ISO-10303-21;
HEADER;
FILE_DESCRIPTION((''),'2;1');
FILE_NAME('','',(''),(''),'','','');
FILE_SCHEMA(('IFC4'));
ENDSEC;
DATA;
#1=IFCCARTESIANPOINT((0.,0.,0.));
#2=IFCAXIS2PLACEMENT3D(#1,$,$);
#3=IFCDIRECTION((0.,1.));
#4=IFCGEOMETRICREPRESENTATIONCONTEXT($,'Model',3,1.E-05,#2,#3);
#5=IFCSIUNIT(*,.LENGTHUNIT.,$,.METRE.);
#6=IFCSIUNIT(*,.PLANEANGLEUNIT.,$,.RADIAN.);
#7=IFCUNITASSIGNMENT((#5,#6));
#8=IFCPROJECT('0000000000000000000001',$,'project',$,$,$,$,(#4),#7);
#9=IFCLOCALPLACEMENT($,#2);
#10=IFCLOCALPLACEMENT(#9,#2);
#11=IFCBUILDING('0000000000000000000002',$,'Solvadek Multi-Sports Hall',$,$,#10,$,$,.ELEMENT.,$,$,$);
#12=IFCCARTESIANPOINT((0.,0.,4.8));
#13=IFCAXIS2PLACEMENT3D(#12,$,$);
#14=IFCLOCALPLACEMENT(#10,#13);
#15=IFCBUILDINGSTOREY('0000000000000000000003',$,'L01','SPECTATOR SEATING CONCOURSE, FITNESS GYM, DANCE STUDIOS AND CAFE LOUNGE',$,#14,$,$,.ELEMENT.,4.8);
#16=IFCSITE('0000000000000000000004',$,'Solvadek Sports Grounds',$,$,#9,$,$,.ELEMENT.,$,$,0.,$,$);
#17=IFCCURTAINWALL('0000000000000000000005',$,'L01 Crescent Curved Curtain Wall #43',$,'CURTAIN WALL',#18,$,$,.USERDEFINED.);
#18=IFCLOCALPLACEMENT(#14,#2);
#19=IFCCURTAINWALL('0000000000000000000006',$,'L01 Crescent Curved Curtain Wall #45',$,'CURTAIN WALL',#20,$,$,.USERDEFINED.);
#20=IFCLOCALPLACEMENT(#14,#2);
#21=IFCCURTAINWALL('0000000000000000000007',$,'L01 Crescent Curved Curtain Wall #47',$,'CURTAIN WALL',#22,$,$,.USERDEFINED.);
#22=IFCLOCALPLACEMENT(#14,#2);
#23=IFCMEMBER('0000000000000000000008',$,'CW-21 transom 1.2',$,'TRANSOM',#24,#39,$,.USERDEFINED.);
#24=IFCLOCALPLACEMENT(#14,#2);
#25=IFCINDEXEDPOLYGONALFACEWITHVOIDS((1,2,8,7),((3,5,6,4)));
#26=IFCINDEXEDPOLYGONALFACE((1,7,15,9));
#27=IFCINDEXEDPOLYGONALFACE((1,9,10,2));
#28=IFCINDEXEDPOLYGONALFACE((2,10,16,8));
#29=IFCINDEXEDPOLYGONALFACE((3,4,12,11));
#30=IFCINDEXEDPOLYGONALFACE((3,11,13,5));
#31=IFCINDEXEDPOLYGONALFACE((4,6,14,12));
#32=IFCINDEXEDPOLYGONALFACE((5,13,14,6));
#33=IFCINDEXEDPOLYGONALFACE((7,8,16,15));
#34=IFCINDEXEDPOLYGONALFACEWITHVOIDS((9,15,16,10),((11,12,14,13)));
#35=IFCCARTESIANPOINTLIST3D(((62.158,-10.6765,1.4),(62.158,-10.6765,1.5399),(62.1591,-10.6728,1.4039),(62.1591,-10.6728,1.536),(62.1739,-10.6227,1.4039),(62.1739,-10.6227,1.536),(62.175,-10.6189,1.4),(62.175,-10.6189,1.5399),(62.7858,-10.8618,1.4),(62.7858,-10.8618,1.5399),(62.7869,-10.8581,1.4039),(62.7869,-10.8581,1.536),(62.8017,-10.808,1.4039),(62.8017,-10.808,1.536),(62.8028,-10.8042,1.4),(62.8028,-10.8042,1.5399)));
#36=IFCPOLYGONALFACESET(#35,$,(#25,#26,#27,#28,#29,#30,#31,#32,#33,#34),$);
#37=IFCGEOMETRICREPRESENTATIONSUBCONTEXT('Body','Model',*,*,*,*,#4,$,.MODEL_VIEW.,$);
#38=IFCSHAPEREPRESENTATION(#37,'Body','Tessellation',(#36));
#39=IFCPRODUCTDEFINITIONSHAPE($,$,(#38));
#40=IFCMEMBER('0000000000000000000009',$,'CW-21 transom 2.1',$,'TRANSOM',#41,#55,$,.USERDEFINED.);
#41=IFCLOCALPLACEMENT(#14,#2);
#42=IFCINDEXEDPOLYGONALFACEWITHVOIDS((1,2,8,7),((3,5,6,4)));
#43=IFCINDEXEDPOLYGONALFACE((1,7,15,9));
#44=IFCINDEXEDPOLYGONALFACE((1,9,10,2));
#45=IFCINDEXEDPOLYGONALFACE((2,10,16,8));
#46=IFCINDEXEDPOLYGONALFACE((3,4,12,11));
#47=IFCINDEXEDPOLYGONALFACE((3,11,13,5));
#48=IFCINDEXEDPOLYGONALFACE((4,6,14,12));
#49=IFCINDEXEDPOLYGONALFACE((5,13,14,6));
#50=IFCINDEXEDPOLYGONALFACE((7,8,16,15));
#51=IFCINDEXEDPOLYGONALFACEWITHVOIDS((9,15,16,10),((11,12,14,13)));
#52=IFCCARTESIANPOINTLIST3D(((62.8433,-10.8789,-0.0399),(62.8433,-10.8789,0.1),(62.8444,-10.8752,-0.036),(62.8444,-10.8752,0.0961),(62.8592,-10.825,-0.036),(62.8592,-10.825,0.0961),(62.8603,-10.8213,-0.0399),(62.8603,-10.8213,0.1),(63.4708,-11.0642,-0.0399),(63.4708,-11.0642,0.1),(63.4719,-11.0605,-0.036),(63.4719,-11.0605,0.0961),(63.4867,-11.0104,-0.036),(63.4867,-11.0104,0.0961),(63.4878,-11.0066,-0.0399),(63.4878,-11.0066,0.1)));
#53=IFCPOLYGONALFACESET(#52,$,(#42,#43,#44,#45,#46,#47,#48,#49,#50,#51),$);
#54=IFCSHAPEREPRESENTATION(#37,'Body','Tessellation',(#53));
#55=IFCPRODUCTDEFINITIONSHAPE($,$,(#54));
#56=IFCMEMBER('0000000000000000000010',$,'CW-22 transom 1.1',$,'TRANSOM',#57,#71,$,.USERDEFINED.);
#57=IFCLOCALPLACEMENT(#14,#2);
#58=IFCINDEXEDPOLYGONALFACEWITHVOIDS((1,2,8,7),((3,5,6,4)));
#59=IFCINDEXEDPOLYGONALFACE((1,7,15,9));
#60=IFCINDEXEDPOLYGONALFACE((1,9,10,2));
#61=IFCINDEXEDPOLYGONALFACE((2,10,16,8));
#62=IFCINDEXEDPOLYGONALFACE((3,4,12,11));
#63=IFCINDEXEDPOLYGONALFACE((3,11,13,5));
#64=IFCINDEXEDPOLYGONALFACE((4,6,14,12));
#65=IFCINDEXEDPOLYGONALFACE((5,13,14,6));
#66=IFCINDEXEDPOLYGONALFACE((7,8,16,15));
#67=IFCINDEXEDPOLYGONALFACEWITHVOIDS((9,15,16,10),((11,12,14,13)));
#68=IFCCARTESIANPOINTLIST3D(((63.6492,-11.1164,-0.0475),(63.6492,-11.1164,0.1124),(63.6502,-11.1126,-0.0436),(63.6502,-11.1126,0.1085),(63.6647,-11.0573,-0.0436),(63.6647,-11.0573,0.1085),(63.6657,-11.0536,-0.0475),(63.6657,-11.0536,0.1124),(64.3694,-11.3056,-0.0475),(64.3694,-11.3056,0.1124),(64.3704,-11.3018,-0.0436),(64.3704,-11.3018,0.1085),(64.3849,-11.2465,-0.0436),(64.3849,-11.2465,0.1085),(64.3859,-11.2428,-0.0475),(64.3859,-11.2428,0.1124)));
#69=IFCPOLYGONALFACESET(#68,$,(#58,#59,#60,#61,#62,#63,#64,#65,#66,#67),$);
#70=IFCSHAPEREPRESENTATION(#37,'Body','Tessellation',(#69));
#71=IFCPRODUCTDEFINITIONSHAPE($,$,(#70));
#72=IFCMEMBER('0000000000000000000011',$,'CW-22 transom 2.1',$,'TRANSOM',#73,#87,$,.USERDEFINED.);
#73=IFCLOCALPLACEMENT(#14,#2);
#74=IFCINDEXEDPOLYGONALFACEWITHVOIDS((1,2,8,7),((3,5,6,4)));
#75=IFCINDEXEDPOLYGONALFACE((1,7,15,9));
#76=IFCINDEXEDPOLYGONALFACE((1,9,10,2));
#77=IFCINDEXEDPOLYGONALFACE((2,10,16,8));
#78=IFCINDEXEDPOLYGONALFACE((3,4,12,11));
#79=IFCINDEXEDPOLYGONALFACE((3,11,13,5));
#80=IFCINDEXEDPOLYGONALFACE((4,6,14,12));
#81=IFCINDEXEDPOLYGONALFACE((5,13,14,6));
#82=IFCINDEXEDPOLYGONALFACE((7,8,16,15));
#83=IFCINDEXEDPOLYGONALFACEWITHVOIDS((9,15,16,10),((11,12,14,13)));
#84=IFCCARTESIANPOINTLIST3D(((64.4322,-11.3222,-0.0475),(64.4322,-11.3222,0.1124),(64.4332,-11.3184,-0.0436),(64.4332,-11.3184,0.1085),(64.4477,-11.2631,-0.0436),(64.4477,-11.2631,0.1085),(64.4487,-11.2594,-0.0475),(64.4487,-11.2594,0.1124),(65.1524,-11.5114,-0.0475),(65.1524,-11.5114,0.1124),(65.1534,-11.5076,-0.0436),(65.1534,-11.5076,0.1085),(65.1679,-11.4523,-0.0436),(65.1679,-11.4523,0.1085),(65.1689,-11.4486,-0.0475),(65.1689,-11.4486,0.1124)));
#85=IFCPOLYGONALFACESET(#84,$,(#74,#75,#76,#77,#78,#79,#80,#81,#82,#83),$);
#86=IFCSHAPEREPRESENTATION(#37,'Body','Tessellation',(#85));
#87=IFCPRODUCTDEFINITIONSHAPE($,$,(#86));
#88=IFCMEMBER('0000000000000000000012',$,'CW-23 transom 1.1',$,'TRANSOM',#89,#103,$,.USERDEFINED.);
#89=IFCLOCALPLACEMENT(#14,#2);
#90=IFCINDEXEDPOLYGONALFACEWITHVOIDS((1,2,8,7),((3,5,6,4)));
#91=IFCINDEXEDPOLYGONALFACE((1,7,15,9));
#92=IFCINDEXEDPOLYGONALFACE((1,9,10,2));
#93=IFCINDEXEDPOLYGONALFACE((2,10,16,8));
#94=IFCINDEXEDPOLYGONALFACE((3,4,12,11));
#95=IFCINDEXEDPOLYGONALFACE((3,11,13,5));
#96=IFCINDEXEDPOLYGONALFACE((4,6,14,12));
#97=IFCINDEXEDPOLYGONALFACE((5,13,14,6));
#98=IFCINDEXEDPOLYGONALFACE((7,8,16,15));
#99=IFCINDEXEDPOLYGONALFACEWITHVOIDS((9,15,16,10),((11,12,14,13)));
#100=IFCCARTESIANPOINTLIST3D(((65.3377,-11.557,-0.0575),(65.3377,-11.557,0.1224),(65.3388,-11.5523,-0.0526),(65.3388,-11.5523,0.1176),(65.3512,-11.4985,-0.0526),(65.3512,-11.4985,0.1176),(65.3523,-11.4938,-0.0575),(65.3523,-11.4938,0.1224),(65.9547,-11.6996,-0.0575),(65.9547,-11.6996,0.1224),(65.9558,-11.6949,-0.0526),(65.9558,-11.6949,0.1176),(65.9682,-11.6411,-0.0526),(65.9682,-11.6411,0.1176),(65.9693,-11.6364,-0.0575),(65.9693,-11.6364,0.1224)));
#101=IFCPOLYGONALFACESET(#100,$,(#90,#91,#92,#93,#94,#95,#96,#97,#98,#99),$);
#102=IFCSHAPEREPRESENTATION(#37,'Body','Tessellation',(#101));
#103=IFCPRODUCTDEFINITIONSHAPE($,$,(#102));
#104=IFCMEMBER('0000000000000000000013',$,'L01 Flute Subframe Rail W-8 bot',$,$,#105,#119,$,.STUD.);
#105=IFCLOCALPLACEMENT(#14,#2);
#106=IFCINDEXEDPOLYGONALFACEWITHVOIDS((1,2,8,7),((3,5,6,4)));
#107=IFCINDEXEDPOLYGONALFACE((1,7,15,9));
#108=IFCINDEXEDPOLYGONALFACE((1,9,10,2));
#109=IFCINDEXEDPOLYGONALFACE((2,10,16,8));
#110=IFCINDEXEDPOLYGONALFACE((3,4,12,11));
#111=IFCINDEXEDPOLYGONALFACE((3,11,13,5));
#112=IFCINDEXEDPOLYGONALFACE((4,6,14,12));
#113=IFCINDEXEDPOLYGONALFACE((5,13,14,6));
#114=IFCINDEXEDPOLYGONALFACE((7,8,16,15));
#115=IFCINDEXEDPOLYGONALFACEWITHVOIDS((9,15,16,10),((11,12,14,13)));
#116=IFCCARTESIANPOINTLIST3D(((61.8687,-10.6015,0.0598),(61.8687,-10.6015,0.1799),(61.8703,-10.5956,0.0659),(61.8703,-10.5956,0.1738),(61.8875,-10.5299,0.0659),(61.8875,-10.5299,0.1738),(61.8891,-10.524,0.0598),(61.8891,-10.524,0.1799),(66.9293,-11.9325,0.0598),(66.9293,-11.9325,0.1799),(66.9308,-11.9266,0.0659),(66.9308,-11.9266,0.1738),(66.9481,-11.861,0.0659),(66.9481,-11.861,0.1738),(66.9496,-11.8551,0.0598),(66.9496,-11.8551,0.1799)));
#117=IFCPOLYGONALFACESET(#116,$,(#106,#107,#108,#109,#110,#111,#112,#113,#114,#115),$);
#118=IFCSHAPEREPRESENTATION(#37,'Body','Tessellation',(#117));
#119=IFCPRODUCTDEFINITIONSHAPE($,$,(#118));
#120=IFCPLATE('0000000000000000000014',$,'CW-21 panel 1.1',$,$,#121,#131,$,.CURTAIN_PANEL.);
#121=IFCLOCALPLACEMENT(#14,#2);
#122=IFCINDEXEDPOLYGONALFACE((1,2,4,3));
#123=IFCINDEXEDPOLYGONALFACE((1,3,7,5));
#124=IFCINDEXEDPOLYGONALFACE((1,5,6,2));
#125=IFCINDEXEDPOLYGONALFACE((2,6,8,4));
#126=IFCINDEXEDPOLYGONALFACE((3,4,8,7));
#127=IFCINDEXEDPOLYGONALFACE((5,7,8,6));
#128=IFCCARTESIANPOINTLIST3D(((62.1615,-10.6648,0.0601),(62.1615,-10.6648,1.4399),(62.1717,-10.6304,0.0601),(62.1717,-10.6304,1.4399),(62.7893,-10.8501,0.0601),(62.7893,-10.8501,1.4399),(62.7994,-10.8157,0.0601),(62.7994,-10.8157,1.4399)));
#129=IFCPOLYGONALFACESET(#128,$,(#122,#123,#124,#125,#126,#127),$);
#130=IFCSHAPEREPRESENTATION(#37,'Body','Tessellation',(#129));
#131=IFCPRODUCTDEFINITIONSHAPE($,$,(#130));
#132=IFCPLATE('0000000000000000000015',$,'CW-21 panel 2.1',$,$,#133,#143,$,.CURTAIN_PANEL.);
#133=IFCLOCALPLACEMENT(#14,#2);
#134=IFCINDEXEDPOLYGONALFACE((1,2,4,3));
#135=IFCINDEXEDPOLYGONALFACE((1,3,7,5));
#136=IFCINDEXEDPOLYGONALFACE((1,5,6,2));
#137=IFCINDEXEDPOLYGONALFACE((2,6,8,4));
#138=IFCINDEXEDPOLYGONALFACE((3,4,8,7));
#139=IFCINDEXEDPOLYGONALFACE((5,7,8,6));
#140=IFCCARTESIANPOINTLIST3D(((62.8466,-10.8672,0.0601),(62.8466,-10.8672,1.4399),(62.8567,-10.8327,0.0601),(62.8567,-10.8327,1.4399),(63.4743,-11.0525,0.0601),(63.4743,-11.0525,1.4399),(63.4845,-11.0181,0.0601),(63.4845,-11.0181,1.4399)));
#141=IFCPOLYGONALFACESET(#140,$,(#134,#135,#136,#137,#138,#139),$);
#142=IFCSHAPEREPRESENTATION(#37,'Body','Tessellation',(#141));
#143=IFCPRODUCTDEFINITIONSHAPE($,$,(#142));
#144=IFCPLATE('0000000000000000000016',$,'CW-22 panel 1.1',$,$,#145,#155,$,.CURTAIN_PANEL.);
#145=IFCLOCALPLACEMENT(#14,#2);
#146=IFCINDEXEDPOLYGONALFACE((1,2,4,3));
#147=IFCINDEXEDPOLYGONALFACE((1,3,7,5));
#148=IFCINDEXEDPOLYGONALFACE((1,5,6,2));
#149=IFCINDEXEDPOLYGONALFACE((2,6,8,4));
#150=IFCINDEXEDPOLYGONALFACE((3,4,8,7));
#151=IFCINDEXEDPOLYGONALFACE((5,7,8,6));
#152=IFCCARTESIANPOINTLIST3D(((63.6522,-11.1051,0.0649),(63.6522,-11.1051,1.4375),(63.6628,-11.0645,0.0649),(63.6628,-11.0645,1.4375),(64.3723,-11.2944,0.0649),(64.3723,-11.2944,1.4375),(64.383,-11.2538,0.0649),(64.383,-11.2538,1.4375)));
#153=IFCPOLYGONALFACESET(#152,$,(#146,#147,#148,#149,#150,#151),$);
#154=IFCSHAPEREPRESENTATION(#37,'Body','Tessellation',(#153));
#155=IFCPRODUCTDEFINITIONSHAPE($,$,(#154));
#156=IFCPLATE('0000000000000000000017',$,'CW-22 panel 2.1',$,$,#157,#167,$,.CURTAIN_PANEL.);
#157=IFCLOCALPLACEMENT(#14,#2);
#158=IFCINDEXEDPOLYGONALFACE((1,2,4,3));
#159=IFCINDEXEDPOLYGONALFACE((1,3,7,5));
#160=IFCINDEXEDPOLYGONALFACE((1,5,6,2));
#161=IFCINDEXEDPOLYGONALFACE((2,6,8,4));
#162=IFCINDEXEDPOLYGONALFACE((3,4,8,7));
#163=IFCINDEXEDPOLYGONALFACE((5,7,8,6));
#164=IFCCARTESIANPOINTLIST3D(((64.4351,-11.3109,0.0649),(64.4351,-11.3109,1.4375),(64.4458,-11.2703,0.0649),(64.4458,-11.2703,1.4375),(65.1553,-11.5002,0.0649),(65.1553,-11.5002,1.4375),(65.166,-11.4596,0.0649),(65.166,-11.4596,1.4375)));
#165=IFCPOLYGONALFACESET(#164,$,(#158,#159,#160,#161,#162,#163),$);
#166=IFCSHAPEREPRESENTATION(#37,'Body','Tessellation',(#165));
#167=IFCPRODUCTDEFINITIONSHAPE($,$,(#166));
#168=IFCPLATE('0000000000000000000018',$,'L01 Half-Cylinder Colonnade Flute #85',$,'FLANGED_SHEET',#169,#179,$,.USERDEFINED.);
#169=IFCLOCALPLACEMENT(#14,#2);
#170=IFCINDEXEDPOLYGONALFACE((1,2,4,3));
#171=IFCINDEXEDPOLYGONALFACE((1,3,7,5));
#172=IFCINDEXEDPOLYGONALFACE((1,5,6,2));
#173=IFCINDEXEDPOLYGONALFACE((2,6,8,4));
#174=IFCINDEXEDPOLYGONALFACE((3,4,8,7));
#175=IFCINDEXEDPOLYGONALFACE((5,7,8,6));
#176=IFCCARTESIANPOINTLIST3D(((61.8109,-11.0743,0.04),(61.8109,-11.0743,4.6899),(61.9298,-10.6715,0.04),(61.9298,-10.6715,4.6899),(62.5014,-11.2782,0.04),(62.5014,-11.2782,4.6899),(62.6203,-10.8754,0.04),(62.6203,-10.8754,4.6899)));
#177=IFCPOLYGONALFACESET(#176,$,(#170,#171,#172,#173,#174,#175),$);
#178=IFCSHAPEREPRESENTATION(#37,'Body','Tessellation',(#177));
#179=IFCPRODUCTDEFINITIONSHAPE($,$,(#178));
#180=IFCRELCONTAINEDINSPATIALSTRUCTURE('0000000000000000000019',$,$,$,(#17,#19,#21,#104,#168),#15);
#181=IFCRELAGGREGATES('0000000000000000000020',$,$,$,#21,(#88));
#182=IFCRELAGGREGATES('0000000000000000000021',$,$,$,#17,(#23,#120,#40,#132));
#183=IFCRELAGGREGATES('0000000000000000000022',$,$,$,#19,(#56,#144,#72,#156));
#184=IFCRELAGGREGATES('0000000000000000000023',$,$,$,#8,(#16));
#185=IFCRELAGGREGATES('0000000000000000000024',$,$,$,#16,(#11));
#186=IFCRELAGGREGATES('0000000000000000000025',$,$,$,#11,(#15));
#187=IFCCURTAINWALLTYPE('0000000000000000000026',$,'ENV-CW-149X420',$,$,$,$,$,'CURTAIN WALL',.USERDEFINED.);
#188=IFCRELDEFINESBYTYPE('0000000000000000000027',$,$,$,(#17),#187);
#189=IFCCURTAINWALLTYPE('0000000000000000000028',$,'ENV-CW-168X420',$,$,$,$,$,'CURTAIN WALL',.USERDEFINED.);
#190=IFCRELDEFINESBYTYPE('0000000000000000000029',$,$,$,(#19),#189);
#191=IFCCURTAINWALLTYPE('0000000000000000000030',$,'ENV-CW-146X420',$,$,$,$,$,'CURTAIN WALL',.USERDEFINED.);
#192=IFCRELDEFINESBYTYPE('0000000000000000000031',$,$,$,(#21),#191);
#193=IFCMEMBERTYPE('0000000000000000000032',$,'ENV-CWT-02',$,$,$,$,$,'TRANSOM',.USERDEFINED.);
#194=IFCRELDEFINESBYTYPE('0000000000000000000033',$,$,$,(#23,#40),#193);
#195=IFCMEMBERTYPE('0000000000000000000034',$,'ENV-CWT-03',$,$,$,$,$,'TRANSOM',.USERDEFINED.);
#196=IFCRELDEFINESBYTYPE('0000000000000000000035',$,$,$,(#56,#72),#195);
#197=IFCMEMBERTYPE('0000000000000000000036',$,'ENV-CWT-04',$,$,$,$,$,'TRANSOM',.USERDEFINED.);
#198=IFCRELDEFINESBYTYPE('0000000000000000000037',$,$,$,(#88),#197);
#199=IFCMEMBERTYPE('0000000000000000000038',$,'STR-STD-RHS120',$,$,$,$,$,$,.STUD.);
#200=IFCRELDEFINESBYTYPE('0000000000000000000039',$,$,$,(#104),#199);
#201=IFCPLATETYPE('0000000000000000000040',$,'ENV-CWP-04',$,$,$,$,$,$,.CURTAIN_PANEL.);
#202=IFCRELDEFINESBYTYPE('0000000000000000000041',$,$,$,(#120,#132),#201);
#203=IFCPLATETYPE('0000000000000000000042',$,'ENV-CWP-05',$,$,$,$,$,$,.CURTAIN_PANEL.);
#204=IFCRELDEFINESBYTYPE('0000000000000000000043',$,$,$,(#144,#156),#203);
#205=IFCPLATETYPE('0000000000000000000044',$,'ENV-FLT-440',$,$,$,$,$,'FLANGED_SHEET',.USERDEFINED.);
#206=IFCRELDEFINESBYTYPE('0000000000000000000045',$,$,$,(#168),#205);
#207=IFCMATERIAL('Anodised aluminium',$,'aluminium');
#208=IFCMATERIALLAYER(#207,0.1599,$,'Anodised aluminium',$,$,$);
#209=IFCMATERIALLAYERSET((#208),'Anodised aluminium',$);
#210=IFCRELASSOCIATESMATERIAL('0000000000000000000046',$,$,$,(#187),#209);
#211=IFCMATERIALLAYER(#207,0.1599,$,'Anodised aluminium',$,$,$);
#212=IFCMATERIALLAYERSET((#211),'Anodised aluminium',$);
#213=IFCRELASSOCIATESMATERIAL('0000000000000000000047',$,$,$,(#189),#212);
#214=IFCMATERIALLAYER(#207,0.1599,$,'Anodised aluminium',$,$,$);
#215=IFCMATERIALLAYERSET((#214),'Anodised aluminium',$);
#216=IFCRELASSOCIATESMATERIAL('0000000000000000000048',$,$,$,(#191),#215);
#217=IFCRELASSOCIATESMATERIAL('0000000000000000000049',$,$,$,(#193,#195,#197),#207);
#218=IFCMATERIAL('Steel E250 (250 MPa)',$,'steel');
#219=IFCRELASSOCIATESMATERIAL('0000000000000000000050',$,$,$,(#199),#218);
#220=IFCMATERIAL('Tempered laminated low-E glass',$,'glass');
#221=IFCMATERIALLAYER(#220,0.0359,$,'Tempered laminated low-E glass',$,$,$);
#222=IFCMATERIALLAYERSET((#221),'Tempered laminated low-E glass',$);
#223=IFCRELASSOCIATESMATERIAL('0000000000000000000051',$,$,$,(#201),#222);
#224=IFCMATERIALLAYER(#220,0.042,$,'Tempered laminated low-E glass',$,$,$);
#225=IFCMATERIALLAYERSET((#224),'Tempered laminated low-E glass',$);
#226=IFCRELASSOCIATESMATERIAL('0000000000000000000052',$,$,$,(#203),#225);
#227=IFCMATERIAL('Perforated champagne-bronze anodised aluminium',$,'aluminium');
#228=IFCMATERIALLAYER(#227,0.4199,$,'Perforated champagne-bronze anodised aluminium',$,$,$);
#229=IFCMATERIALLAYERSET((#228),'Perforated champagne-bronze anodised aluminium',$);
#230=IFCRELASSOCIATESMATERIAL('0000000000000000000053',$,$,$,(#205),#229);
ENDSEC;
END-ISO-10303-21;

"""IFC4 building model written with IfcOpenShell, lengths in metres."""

from ifc_helpers import new_model, si_unit, direction, frame, origin, origin_2d, place, context, subcontext, project, spatial, rectangle, hollow_rectangle, extrude, material, layer, layer_set, material_profile, profile_set, type_object, element, aggregate, save


model = new_model("IFC4")

# Units and contexts
model_context = context("Model", 3, precision=1e-05, world=origin(), true_north=direction((0.0, 1.0)))
body_context = subcontext(model_context, "Body", "Model", "MODEL_VIEW")
ifc_project = project(units=[si_unit("LENGTHUNIT", "METRE"), si_unit("PLANEANGLEUNIT", "RADIAN")], contexts=[model_context])

# Site, building, storey
site_placement = place(None, origin())
site = spatial("IfcSite", under=ifc_project, at=site_placement, Name="Solvadek Sports Grounds", CompositionType="ELEMENT", RefElevation=0.0)
building_placement = place(site_placement, origin())
building = spatial("IfcBuilding", under=site, at=building_placement, Name="Solvadek Multi-Sports Hall", CompositionType="ELEMENT")
storey_placement = place(building_placement, frame((0.0, 0.0, 4.8)))
storey = spatial("IfcBuildingStorey", under=building, at=storey_placement, Name="L01", Description="SPECTATOR SEATING CONCOURSE, FITNESS GYM, DANCE STUDIOS AND CAFE LOUNGE", CompositionType="ELEMENT", Elevation=4.8)

# Shared definitions
ifc_material_1 = material(Name="Anodised aluminium", Category="aluminium")

# Curtain walls
ifc_layer_1 = layer(ifc_material_1, 0.1599, Name="Anodised aluminium")
ifc_layer_set_1 = layer_set([ifc_layer_1], Name="Anodised aluminium")
curtain_wall_type_1 = type_object("IfcCurtainWallType", Name="ENV-CW-149X420", ElementType="CURTAIN WALL", PredefinedType="USERDEFINED", material=ifc_layer_set_1)
curtain_wall_1_placement = place(storey_placement, origin())
curtain_wall_1 = element("IfcCurtainWall", 1, at=curtain_wall_1_placement, inside=storey, type_object=curtain_wall_type_1, Name="L01 Crescent Curved Curtain Wall #43", ObjectType="CURTAIN WALL", PredefinedType="USERDEFINED")
ifc_layer_2 = layer(ifc_material_1, 0.1599, Name="Anodised aluminium")
ifc_layer_set_2 = layer_set([ifc_layer_2], Name="Anodised aluminium")
curtain_wall_type_2 = type_object("IfcCurtainWallType", Name="ENV-CW-168X420", ElementType="CURTAIN WALL", PredefinedType="USERDEFINED", material=ifc_layer_set_2)
curtain_wall_2_placement = place(storey_placement, origin())
curtain_wall_2 = element("IfcCurtainWall", 2, at=curtain_wall_2_placement, inside=storey, type_object=curtain_wall_type_2, Name="L01 Crescent Curved Curtain Wall #45", ObjectType="CURTAIN WALL", PredefinedType="USERDEFINED")

# Curtain wall
ifc_layer_3 = layer(ifc_material_1, 0.1599, Name="Anodised aluminium")
ifc_layer_set_3 = layer_set([ifc_layer_3], Name="Anodised aluminium")
curtain_wall_type_3 = type_object("IfcCurtainWallType", Name="ENV-CW-146X420", ElementType="CURTAIN WALL", PredefinedType="USERDEFINED", material=ifc_layer_set_3)
curtain_wall_3_placement = place(storey_placement, origin())
curtain_wall_3 = element("IfcCurtainWall", 3, at=curtain_wall_3_placement, inside=storey, type_object=curtain_wall_type_3, Name="L01 Crescent Curved Curtain Wall #47", ObjectType="CURTAIN WALL", PredefinedType="USERDEFINED")

# Members
ifc_material_profile_1 = material_profile(ifc_material_1, hollow_rectangle(XDim=0.0601, YDim=0.1399, WallThickness=0.0039, at=origin_2d()), Name="ALU-T 140x60x4")
ifc_profile_set_1 = profile_set([ifc_material_profile_1], Name="Anodised aluminium")
member_type_1 = type_object("IfcMemberType", Name="ENV-CWT-02", ElementType="TRANSOM", PredefinedType="USERDEFINED", material=ifc_profile_set_1)
member_1_placement = place(storey_placement, frame((62.1665, -10.6477, 1.47), z_axis=(0.95908, -0.283136, 0.0), x_axis=(0.283136, 0.95908, 0.0)))
member_1 = element("IfcMember", 4, at=member_1_placement, type_object=member_type_1, Name="CW-21 transom 1.2", ObjectType="TRANSOM", PredefinedType="USERDEFINED", context=body_context, shape_type="SweptSolid", body=[
    extrude(hollow_rectangle(XDim=0.0601, YDim=0.1399, WallThickness=0.0039, at=origin_2d()), origin(), (0.0, 0.0, 1.0), 0.6545),
])
member_2_placement = place(storey_placement, frame((62.8518, -10.8501, 0.03), z_axis=(0.95905, -0.283237, 0.0), x_axis=(0.283237, 0.95905, 0.0)))
member_2 = element("IfcMember", 5, at=member_2_placement, type_object=member_type_1, Name="CW-21 transom 2.1", ObjectType="TRANSOM", PredefinedType="USERDEFINED", context=body_context, shape_type="SweptSolid", body=[
    extrude(hollow_rectangle(XDim=0.0601, YDim=0.1399, WallThickness=0.0039, at=origin_2d()), origin(), (0.0, 0.0, 1.0), 0.6543),
])
ifc_material_profile_2 = material_profile(ifc_material_1, hollow_rectangle(XDim=0.0649, YDim=0.1599, WallThickness=0.0039, at=origin_2d()), Name="ALU-T 160x65x4")
ifc_profile_set_2 = profile_set([ifc_material_profile_2], Name="Anodised aluminium")
member_type_2 = type_object("IfcMemberType", Name="ENV-CWT-03", ElementType="TRANSOM", PredefinedType="USERDEFINED", material=ifc_profile_set_2)
member_3_placement = place(storey_placement, frame((63.6575, -11.085, 0.0325), z_axis=(0.967181, -0.25409, 0.0), x_axis=(0.25409, 0.967181, 0.0)))
member_3 = element("IfcMember", 6, at=member_3_placement, type_object=member_type_2, Name="CW-22 transom 1.1", ObjectType="TRANSOM", PredefinedType="USERDEFINED", context=body_context, shape_type="SweptSolid", body=[
    extrude(hollow_rectangle(XDim=0.0649, YDim=0.1599, WallThickness=0.0039, at=origin_2d()), origin(), (0.0, 0.0, 1.0), 0.7446),
])
member_4_placement = place(storey_placement, frame((64.4404, -11.2908, 0.0325), z_axis=(0.967181, -0.25409, 0.0), x_axis=(0.25409, 0.967181, 0.0)))
member_4 = element("IfcMember", 7, at=member_4_placement, type_object=member_type_2, Name="CW-22 transom 2.1", ObjectType="TRANSOM", PredefinedType="USERDEFINED", context=body_context, shape_type="SweptSolid", body=[
    extrude(hollow_rectangle(XDim=0.0649, YDim=0.1599, WallThickness=0.0039, at=origin_2d()), origin(), (0.0, 0.0, 1.0), 0.7446),
])
ifc_material_profile_3 = material_profile(ifc_material_1, hollow_rectangle(XDim=0.0649, YDim=0.1799, WallThickness=0.0049, at=origin_2d()), Name="ALU-T 180x65x5")
ifc_profile_set_3 = profile_set([ifc_material_profile_3], Name="Anodised aluminium")
member_type_3 = type_object("IfcMemberType", Name="ENV-CWT-04", ElementType="TRANSOM", PredefinedType="USERDEFINED", material=ifc_profile_set_3)
member_5_placement = place(storey_placement, frame((65.345, -11.5254, 0.0325), z_axis=(0.97432, -0.225169, 0.0), x_axis=(0.225169, 0.97432, 0.0)))
member_5 = element("IfcMember", 8, at=member_5_placement, type_object=member_type_3, Name="CW-23 transom 1.1", ObjectType="TRANSOM", PredefinedType="USERDEFINED", context=body_context, shape_type="SweptSolid", body=[
    extrude(hollow_rectangle(XDim=0.0649, YDim=0.1799, WallThickness=0.0049, at=origin_2d()), origin(), (0.0, 0.0, 1.0), 0.6333),
])
aggregate(curtain_wall_3, [member_5])
ifc_material_2 = material(Name="Steel E250 (250 MPa)", Category="steel")
ifc_material_profile_4 = material_profile(ifc_material_2, hollow_rectangle(XDim=0.0801, YDim=0.1201, WallThickness=0.0061, at=origin_2d()), Name="RHS 120x80x6")
ifc_profile_set_4 = profile_set([ifc_material_profile_4], Name="Steel E250 (250 MPa)")
member_type_4 = type_object("IfcMemberType", Name="STR-STD-RHS120", PredefinedType="STUD", material=ifc_profile_set_4)
member_6_placement = place(storey_placement, frame((61.8789, -10.5627, 0.1199), z_axis=(0.967106, -0.254374, 0.0), x_axis=(0.254374, 0.967106, 0.0)))
element("IfcMember", 9, at=member_6_placement, inside=storey, type_object=member_type_4, Name="L01 Flute Subframe Rail W-8 bot", PredefinedType="STUD", context=body_context, shape_type="SweptSolid", body=[
    extrude(hollow_rectangle(XDim=0.0801, YDim=0.1201, WallThickness=0.0061, at=origin_2d()), origin(), (0.0, 0.0, 1.0), 5.2327),
])

# Plates
ifc_material_3 = material(Name="Tempered laminated low-E glass", Category="glass")
ifc_layer_4 = layer(ifc_material_3, 0.0359, Name="Tempered laminated low-E glass")
ifc_layer_set_4 = layer_set([ifc_layer_4], Name="Tempered laminated low-E glass")
plate_type_1 = type_object("IfcPlateType", Name="ENV-CWP-04", PredefinedType="CURTAIN_PANEL", material=ifc_layer_set_4)
plate_1_placement = place(storey_placement, frame((62.4805, -10.7402, 0.0601), z_axis=(0.0, 0.0, 1.0), x_axis=(0.959069, -0.283173, 0.0)))
plate_1 = element("IfcPlate", 10, at=plate_1_placement, type_object=plate_type_1, Name="CW-21 panel 1.1", PredefinedType="CURTAIN_PANEL", context=body_context, shape_type="SweptSolid", body=[
    extrude(rectangle(XDim=0.6545, YDim=0.0359, at=origin_2d()), origin(), (0.0, 0.0, 1.0), 1.3799),
])
plate_2_placement = place(storey_placement, frame((63.1655, -10.9426, 0.0601), z_axis=(0.0, 0.0, 1.0), x_axis=(0.959069, -0.283173, 0.0)))
plate_2 = element("IfcPlate", 11, at=plate_2_placement, type_object=plate_type_1, Name="CW-21 panel 2.1", PredefinedType="CURTAIN_PANEL", context=body_context, shape_type="SweptSolid", body=[
    extrude(rectangle(XDim=0.6545, YDim=0.0359, at=origin_2d()), origin(), (0.0, 0.0, 1.0), 1.3799),
])
aggregate(curtain_wall_1, [member_1, plate_1, member_2, plate_2])
ifc_layer_5 = layer(ifc_material_3, 0.042, Name="Tempered laminated low-E glass")
ifc_layer_set_5 = layer_set([ifc_layer_5], Name="Tempered laminated low-E glass")
plate_type_2 = type_object("IfcPlateType", Name="ENV-CWP-05", PredefinedType="CURTAIN_PANEL", material=ifc_layer_set_5)
plate_3_placement = place(storey_placement, frame((64.0176, -11.1794, 0.0649), z_axis=(0.0, 0.0, 1.0), x_axis=(0.967167, -0.254143, 0.0)))
plate_3 = element("IfcPlate", 12, at=plate_3_placement, type_object=plate_type_2, Name="CW-22 panel 1.1", PredefinedType="CURTAIN_PANEL", context=body_context, shape_type="SweptSolid", body=[
    extrude(rectangle(XDim=0.7446, YDim=0.042, at=origin_2d()), origin(), (0.0, 0.0, 1.0), 1.3726),
])
plate_4_placement = place(storey_placement, frame((64.8005, -11.3853, 0.0649), z_axis=(0.0, 0.0, 1.0), x_axis=(0.967167, -0.254143, 0.0)))
plate_4 = element("IfcPlate", 13, at=plate_4_placement, type_object=plate_type_2, Name="CW-22 panel 2.1", PredefinedType="CURTAIN_PANEL", context=body_context, shape_type="SweptSolid", body=[
    extrude(rectangle(XDim=0.7446, YDim=0.042, at=origin_2d()), origin(), (0.0, 0.0, 1.0), 1.3726),
])
aggregate(curtain_wall_2, [member_3, plate_3, member_4, plate_4])

# Plate
ifc_material_4 = material(Name="Perforated champagne-bronze anodised aluminium", Category="aluminium")
ifc_layer_6 = layer(ifc_material_4, 0.4199, Name="Perforated champagne-bronze anodised aluminium")
ifc_layer_set_6 = layer_set([ifc_layer_6], Name="Perforated champagne-bronze anodised aluminium")
plate_type_3 = type_object("IfcPlateType", Name="ENV-FLT-440", ElementType="FLANGED_SHEET", PredefinedType="USERDEFINED", material=ifc_layer_set_6)
for number, where, z_axis, x_axis, name in (
    (14, (62.2156, -10.9749, 0.04), (0.0, 0.0, 1.0), (0.959064, -0.283188, 0.0), "L01 Half-Cylinder Colonnade Flute #85"),
):
    element("IfcPlate", number, at=place(storey_placement, frame(where, z_axis=z_axis, x_axis=x_axis)), inside=storey, type_object=plate_type_3, Name=name, ObjectType="FLANGED_SHEET", PredefinedType="USERDEFINED", context=body_context, shape_type="SweptSolid", body=[
        extrude(rectangle(XDim=0.72, YDim=0.4199, at=origin_2d()), origin(), (0.0, 0.0, 1.0), 4.6499),
    ])

save(model, "model.ifc")
